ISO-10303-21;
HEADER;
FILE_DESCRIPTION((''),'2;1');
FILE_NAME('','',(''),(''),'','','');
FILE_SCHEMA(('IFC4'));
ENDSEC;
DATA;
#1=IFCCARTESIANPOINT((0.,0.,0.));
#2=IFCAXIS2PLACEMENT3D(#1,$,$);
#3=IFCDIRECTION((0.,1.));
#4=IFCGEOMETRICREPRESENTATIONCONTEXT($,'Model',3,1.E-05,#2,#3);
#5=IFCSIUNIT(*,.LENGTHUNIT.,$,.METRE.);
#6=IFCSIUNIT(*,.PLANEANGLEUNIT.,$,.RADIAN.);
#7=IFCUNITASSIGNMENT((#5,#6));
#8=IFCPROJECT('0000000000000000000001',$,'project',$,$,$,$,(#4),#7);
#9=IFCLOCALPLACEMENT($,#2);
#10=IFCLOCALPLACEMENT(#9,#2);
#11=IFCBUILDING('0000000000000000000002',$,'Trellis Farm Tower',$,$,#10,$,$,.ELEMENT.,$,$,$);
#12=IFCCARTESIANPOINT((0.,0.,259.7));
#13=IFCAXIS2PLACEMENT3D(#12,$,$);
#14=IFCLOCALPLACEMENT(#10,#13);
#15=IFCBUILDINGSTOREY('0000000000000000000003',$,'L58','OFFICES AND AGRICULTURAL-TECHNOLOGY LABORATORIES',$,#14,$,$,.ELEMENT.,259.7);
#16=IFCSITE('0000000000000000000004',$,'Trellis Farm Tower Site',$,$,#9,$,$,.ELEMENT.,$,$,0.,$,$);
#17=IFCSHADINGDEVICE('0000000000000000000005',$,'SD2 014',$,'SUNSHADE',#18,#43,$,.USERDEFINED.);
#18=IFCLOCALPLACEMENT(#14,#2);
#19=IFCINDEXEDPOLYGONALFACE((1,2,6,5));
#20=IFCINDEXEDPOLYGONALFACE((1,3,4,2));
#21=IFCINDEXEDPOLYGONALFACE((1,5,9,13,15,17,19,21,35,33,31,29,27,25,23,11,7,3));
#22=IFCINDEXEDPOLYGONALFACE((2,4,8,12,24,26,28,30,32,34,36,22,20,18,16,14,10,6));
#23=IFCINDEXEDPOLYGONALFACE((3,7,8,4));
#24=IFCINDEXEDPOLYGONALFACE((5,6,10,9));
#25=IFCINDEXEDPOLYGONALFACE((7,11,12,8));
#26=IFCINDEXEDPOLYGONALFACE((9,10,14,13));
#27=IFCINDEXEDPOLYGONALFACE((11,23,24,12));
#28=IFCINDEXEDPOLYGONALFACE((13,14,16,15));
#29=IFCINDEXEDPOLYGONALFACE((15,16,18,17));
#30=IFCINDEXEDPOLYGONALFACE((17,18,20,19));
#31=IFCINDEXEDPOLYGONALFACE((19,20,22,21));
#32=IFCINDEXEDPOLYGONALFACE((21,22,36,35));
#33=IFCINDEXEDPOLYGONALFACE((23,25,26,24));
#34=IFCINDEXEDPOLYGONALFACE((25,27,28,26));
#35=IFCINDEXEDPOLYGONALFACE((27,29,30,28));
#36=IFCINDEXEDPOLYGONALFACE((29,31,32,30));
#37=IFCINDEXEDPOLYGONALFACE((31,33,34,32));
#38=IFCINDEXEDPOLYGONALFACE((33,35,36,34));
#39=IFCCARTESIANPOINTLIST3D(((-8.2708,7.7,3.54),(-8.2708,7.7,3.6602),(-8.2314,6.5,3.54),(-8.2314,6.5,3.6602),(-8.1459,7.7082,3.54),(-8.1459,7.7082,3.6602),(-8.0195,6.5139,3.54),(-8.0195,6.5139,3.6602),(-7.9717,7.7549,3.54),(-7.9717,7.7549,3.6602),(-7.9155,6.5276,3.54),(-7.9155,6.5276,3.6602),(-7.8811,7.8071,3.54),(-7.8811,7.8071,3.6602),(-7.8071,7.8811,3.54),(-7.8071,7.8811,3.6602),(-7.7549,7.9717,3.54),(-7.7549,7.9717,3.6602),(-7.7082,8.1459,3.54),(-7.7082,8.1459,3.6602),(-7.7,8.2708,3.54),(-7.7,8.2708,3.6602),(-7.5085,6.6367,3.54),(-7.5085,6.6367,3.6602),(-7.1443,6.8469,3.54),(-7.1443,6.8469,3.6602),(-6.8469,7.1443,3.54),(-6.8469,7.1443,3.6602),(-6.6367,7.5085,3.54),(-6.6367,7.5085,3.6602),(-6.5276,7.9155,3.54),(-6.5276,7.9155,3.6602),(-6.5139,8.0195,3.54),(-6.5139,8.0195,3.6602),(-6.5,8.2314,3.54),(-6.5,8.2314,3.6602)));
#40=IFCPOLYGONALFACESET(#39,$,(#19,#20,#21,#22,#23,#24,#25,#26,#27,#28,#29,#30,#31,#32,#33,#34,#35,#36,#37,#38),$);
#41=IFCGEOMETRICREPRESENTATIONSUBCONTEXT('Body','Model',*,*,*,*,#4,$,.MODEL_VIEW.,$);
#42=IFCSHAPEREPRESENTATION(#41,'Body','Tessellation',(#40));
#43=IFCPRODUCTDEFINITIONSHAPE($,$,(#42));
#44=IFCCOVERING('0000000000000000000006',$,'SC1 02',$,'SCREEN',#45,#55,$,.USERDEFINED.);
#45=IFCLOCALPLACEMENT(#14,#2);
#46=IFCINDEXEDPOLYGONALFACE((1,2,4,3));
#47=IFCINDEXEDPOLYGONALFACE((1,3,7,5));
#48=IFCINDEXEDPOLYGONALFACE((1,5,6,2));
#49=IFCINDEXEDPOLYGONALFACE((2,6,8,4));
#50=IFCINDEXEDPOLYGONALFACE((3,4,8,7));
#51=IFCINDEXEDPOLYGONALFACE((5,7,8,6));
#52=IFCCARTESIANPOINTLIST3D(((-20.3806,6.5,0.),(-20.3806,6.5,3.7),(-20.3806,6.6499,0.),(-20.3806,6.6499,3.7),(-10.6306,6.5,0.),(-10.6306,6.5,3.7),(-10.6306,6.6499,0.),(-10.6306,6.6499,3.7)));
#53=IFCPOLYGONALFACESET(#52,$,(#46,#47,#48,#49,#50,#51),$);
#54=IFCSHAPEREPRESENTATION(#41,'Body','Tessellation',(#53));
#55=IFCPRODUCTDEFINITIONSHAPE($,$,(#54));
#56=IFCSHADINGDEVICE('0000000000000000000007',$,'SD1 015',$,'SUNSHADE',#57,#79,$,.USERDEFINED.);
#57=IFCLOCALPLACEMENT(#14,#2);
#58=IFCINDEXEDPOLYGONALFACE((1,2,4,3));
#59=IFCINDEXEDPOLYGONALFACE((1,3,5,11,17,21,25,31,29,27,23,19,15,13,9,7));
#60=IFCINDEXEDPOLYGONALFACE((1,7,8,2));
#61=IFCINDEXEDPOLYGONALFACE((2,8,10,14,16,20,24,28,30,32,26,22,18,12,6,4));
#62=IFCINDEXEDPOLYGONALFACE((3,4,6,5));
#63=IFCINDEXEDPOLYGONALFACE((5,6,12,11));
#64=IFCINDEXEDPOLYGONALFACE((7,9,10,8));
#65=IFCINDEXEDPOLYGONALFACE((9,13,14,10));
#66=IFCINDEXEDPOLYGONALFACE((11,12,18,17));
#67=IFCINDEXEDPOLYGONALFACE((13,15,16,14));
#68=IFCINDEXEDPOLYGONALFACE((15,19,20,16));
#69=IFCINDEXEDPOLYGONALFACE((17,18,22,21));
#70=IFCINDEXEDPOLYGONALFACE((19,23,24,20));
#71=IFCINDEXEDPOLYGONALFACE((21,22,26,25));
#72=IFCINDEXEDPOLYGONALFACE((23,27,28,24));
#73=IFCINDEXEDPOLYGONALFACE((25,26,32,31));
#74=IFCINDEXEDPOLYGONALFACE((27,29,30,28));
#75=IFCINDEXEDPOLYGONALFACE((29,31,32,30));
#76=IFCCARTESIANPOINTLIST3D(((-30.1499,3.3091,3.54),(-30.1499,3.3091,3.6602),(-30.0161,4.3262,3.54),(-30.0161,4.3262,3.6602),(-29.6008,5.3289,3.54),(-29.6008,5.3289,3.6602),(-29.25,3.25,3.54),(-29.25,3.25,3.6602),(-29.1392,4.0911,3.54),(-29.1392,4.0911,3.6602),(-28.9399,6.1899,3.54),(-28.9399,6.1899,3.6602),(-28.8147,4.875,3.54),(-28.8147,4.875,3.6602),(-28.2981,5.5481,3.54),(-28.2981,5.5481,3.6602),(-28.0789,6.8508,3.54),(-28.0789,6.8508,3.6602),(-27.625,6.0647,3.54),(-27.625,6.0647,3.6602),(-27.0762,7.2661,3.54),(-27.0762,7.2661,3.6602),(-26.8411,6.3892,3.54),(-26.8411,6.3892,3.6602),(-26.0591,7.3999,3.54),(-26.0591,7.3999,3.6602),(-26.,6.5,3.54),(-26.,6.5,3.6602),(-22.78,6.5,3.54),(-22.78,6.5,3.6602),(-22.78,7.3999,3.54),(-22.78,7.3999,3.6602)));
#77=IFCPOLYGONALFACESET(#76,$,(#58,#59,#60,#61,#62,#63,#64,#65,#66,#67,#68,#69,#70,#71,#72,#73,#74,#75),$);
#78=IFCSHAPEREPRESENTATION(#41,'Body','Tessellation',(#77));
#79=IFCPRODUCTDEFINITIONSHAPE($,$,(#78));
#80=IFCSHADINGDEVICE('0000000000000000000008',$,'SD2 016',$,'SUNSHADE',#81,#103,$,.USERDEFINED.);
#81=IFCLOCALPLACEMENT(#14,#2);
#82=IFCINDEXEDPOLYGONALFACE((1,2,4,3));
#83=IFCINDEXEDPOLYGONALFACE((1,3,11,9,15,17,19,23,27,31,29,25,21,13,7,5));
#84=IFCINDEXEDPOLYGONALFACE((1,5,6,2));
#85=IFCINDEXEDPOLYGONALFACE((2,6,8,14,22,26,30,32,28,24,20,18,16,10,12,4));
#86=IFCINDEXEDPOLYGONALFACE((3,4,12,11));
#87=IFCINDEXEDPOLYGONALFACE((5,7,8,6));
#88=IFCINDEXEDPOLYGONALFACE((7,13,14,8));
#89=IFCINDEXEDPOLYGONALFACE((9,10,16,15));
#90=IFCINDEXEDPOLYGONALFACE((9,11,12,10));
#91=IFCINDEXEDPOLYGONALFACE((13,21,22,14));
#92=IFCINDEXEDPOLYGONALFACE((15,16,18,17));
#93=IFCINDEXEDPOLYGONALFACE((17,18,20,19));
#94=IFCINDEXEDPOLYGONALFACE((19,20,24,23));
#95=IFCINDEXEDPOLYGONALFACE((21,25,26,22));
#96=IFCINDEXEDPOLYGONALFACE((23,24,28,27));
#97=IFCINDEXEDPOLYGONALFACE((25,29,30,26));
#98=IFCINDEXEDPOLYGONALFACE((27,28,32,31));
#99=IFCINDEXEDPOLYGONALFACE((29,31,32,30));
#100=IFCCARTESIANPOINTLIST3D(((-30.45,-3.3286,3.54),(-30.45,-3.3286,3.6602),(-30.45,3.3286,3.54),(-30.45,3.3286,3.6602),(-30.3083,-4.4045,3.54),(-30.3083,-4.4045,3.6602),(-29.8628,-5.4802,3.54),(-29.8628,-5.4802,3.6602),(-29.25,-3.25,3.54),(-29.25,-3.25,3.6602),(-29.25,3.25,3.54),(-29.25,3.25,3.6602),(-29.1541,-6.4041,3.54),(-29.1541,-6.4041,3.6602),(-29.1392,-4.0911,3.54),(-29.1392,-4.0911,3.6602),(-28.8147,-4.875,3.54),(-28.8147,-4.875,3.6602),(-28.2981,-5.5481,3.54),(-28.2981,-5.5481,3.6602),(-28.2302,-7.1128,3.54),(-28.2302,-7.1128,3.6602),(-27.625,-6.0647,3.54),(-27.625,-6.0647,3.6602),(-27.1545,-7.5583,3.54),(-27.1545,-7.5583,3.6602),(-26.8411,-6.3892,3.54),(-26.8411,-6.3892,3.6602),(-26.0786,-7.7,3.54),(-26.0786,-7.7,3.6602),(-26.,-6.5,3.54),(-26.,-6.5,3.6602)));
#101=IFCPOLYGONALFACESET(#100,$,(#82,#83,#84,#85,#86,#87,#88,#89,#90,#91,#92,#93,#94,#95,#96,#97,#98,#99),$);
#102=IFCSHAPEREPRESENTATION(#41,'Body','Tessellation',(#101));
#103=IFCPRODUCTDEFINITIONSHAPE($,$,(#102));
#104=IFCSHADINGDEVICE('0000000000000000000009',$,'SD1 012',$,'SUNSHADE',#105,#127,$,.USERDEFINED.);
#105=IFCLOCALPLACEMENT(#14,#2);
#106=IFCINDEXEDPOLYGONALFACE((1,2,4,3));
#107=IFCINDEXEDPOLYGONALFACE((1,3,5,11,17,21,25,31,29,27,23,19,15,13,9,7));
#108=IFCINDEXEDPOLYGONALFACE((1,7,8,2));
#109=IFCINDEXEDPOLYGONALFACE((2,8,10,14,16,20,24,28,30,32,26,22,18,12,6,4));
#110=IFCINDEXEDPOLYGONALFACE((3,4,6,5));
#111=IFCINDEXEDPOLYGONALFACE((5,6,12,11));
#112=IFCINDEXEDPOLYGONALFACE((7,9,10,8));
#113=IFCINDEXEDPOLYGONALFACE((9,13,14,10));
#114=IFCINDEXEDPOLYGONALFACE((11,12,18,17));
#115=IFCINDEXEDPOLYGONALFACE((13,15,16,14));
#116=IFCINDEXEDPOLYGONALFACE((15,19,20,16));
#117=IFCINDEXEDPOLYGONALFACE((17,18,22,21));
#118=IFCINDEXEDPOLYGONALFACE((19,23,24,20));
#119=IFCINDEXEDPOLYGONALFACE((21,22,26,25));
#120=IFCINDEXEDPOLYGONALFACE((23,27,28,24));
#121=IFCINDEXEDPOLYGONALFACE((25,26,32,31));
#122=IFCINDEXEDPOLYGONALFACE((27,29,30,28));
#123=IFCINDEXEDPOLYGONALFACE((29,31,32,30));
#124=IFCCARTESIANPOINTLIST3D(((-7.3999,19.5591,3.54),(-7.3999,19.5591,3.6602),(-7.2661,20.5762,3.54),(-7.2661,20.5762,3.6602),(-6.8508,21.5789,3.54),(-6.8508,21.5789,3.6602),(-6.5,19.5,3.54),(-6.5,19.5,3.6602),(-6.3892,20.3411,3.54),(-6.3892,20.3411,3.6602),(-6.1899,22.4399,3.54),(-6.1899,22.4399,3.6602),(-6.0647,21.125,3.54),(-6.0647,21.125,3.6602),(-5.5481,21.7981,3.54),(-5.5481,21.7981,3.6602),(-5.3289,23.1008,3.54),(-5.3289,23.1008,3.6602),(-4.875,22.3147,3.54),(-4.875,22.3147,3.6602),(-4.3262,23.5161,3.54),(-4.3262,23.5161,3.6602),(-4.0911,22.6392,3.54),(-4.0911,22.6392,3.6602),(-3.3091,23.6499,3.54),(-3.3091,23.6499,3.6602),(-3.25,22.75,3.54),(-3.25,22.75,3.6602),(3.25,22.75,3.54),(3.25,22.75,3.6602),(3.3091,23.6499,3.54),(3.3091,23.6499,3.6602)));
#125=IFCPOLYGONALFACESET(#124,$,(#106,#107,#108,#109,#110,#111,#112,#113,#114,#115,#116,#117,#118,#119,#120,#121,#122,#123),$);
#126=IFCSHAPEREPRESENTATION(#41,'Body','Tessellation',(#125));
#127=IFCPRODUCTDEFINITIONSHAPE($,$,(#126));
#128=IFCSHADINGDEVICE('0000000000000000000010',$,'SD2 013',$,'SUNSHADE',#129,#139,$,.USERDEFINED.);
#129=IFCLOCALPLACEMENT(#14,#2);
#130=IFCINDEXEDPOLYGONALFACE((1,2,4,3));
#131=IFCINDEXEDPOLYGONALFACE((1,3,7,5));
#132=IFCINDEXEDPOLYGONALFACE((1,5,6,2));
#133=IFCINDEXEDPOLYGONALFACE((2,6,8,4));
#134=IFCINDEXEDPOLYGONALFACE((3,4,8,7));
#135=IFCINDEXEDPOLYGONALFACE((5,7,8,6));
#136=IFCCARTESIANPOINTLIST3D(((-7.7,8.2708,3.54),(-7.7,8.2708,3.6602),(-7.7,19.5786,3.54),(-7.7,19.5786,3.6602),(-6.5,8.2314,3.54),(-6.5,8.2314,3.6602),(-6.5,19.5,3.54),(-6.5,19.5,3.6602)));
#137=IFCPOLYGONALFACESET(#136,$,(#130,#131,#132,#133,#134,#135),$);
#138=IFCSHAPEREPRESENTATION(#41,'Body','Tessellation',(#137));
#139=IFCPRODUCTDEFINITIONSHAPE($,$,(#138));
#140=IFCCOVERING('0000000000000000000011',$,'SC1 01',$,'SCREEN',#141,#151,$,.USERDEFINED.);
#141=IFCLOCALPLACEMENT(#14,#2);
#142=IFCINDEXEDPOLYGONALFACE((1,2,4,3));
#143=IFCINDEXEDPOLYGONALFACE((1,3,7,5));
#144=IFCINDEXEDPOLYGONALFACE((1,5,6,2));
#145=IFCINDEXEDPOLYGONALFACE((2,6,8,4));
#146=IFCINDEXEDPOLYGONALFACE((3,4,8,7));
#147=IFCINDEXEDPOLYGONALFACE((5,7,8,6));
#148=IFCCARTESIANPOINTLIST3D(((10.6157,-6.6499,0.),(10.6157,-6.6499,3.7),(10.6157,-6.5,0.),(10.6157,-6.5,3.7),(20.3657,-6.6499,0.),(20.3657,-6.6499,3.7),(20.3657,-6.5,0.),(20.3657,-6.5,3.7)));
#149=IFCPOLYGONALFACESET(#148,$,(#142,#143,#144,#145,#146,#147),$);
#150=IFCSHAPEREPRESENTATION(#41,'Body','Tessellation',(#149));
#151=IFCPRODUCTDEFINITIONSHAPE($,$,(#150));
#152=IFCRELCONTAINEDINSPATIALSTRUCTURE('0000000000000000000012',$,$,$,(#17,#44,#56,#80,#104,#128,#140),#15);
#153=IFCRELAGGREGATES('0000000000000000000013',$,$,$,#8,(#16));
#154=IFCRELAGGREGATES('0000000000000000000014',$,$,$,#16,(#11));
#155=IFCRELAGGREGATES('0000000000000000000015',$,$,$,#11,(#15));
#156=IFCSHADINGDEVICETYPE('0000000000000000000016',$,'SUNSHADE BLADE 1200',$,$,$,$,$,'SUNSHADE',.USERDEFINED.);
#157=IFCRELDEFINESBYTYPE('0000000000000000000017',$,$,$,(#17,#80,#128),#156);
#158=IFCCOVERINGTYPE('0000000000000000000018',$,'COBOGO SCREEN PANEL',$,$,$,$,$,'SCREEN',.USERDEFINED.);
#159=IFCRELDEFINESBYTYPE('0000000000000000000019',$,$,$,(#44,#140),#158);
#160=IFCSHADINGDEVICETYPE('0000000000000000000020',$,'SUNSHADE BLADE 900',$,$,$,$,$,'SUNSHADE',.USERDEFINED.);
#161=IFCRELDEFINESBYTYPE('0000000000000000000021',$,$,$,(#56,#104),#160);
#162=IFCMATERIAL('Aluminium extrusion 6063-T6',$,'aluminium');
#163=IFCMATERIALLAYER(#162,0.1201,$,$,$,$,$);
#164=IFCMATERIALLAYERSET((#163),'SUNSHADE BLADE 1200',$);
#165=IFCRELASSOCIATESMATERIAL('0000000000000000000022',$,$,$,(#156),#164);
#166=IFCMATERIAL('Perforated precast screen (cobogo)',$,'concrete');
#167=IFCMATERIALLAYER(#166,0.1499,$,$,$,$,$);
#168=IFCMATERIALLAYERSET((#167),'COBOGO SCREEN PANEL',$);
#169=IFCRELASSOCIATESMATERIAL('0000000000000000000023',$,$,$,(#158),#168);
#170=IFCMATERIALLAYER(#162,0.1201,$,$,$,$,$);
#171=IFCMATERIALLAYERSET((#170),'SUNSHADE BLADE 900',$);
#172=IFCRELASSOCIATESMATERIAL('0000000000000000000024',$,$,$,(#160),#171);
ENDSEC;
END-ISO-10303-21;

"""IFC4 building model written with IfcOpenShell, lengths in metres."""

from ifc_helpers import new_model, si_unit, direction, frame, origin, place, context, subcontext, project, spatial, polyline, outline, extrude, source, transform, mapped, material, layer, layer_set, type_object, element, save


model = new_model("IFC4")

# Units and contexts
model_context = context("Model", 3, precision=1e-05, world=origin(), true_north=direction((0.0, 1.0)))
body_context = subcontext(model_context, "Body", "Model", "MODEL_VIEW")
ifc_project = project(units=[si_unit("LENGTHUNIT", "METRE"), si_unit("PLANEANGLEUNIT", "RADIAN")], contexts=[model_context])

# Site, building, storey
site_placement = place(None, origin())
site = spatial("IfcSite", under=ifc_project, at=site_placement, Name="Trellis Farm Tower Site", CompositionType="ELEMENT", RefElevation=0.0)
building_placement = place(site_placement, origin())
building = spatial("IfcBuilding", under=site, at=building_placement, Name="Trellis Farm Tower", CompositionType="ELEMENT")
storey_placement = place(building_placement, frame((0.0, 0.0, 259.7)))
storey = spatial("IfcBuildingStorey", under=building, at=storey_placement, Name="L58", Description="OFFICES AND AGRICULTURAL-TECHNOLOGY LABORATORIES", CompositionType="ELEMENT", Elevation=259.7)

# Shared definitions
placement_1 = place(storey_placement, origin())
ifc_material_1 = material(Name="Aluminium extrusion 6063-T6", Category="aluminium")

# Shading device
ifc_layer_1 = layer(ifc_material_1, 0.1201)
ifc_layer_set_1 = layer_set([ifc_layer_1], Name="SUNSHADE BLADE 1200")
shading_device_type_1 = type_object("IfcShadingDeviceType", Name="SUNSHADE BLADE 1200", ElementType="SUNSHADE", PredefinedType="USERDEFINED", material=ifc_layer_set_1)
shared_shape_1 = source(origin(), body_context, "Body", "SweptSolid", [
    extrude(outline(polyline([(-7.7, 8.2708), (-7.7087, 8.1372), (-7.707, 8.1501), (-7.7549, 7.9717), (-7.8071, 7.8811), (-7.8811, 7.8071), (-7.9717, 7.7549), (-8.1501, 7.707), (-8.1372, 7.7087), (-8.2708, 7.7), (-8.2314, 6.5), (-8.0195, 6.5139), (-7.9155, 6.5276), (-7.5085, 6.6367), (-7.1443, 6.8469), (-6.8469, 7.1443), (-6.6367, 7.5085), (-6.5276, 7.9155), (-6.5139, 8.0195), (-6.5, 8.2314), (-7.7, 8.2708)])), origin(), (0.0, 0.0, 1.0), 0.1201),
])
placement_2 = place(storey_placement, frame((0.0, 0.0, 3.54)))
element("IfcShadingDevice", 1, at=placement_2, inside=storey, type_object=shading_device_type_1, Name="SD2 014", ObjectType="SUNSHADE", PredefinedType="USERDEFINED", context=body_context, shape_type="MappedRepresentation", body=[
    mapped(shared_shape_1, transform((0.0, 0.0, 0.0))),
])

# Covering
ifc_material_2 = material(Name="Perforated precast screen (cobogo)", Category="concrete")
ifc_layer_2 = layer(ifc_material_2, 0.1499)
ifc_layer_set_2 = layer_set([ifc_layer_2], Name="COBOGO SCREEN PANEL")
covering_type = type_object("IfcCoveringType", Name="COBOGO SCREEN PANEL", ElementType="SCREEN", PredefinedType="USERDEFINED", material=ifc_layer_set_2)
shared_shape_2 = source(origin(), body_context, "Body", "SweptSolid", [
    extrude(outline(polyline([(-10.6306, 6.6499), (-20.3806, 6.6499), (-20.3806, 6.5), (-10.6306, 6.5), (-10.6306, 6.6499)])), origin(), (0.0, 0.0, 1.0), 3.7),
])
element("IfcCovering", 2, at=placement_1, inside=storey, type_object=covering_type, Name="SC1 02", ObjectType="SCREEN", PredefinedType="USERDEFINED", context=body_context, shape_type="MappedRepresentation", body=[
    mapped(shared_shape_2, transform((0.0, 0.0, 0.0))),
])

# Shading devices
ifc_layer_3 = layer(ifc_material_1, 0.1201)
ifc_layer_set_3 = layer_set([ifc_layer_3], Name="SUNSHADE BLADE 900")
shading_device_type_2 = type_object("IfcShadingDeviceType", Name="SUNSHADE BLADE 900", ElementType="SUNSHADE", PredefinedType="USERDEFINED", material=ifc_layer_set_3)
shared_shape_3 = source(origin(), body_context, "Body", "SweptSolid", [
    extrude(outline(polyline([(-22.78, 7.3999), (-26.0591, 7.3999), (-27.0762, 7.2661), (-28.0789, 6.8508), (-28.9399, 6.1899), (-29.6008, 5.3289), (-30.0161, 4.3262), (-30.1499, 3.3091), (-29.25, 3.25), (-29.1392, 4.0911), (-28.8147, 4.875), (-28.2981, 5.5481), (-27.625, 6.0647), (-26.8411, 6.3892), (-26.0, 6.5), (-22.78, 6.5), (-22.78, 7.3999)])), origin(), (0.0, 0.0, 1.0), 0.1201),
])
element("IfcShadingDevice", 3, at=placement_2, inside=storey, type_object=shading_device_type_2, Name="SD1 015", ObjectType="SUNSHADE", PredefinedType="USERDEFINED", context=body_context, shape_type="MappedRepresentation", body=[
    mapped(shared_shape_3, transform((0.0, 0.0, 0.0))),
])
shared_shape_4 = source(origin(), body_context, "Body", "SweptSolid", [
    extrude(outline(polyline([(-30.45, 3.3286), (-30.45, -3.3286), (-30.3083, -4.4045), (-29.8628, -5.4802), (-29.1541, -6.4041), (-28.2302, -7.1128), (-27.1545, -7.5583), (-26.0786, -7.7), (-26.0, -6.5), (-26.8411, -6.3892), (-27.625, -6.0647), (-28.2981, -5.5481), (-28.8147, -4.875), (-29.1392, -4.0911), (-29.25, -3.25), (-29.25, 3.25), (-30.45, 3.3286)])), origin(), (0.0, 0.0, 1.0), 0.1201),
])
element("IfcShadingDevice", 4, at=placement_2, inside=storey, type_object=shading_device_type_1, Name="SD2 016", ObjectType="SUNSHADE", PredefinedType="USERDEFINED", context=body_context, shape_type="MappedRepresentation", body=[
    mapped(shared_shape_4, transform((0.0, 0.0, 0.0))),
])
shared_shape_5 = source(origin(), body_context, "Body", "SweptSolid", [
    extrude(outline(polyline([(3.3091, 23.6499), (-3.3091, 23.6499), (-4.3262, 23.5161), (-5.3289, 23.1008), (-6.1899, 22.4399), (-6.8508, 21.5789), (-7.2661, 20.5762), (-7.3999, 19.5591), (-6.5, 19.5), (-6.3892, 20.3411), (-6.0647, 21.125), (-5.5481, 21.7981), (-4.875, 22.3147), (-4.0911, 22.6392), (-3.25, 22.75), (3.25, 22.75), (3.3091, 23.6499)])), origin(), (0.0, 0.0, 1.0), 0.1201),
])
element("IfcShadingDevice", 5, at=placement_2, inside=storey, type_object=shading_device_type_2, Name="SD1 012", ObjectType="SUNSHADE", PredefinedType="USERDEFINED", context=body_context, shape_type="MappedRepresentation", body=[
    mapped(shared_shape_5, transform((0.0, 0.0, 0.0))),
])
shared_shape_6 = source(origin(), body_context, "Body", "SweptSolid", [
    extrude(outline(polyline([(-7.7, 19.5786), (-7.7, 8.2708), (-6.5, 8.2314), (-6.5, 19.5), (-7.7, 19.5786)])), origin(), (0.0, 0.0, 1.0), 0.1201),
])
element("IfcShadingDevice", 6, at=placement_2, inside=storey, type_object=shading_device_type_1, Name="SD2 013", ObjectType="SUNSHADE", PredefinedType="USERDEFINED", context=body_context, shape_type="MappedRepresentation", body=[
    mapped(shared_shape_6, transform((0.0, 0.0, 0.0))),
])

# Covering
shared_shape_7 = source(origin(), body_context, "Body", "SweptSolid", [
    extrude(outline(polyline([(10.6157, -6.6499), (20.3657, -6.6499), (20.3657, -6.5), (10.6157, -6.5), (10.6157, -6.6499)])), origin(), (0.0, 0.0, 1.0), 3.7),
])
element("IfcCovering", 7, at=placement_1, inside=storey, type_object=covering_type, Name="SC1 01", ObjectType="SCREEN", PredefinedType="USERDEFINED", context=body_context, shape_type="MappedRepresentation", body=[
    mapped(shared_shape_7, transform((0.0, 0.0, 0.0))),
])

save(model, "model.ifc")
